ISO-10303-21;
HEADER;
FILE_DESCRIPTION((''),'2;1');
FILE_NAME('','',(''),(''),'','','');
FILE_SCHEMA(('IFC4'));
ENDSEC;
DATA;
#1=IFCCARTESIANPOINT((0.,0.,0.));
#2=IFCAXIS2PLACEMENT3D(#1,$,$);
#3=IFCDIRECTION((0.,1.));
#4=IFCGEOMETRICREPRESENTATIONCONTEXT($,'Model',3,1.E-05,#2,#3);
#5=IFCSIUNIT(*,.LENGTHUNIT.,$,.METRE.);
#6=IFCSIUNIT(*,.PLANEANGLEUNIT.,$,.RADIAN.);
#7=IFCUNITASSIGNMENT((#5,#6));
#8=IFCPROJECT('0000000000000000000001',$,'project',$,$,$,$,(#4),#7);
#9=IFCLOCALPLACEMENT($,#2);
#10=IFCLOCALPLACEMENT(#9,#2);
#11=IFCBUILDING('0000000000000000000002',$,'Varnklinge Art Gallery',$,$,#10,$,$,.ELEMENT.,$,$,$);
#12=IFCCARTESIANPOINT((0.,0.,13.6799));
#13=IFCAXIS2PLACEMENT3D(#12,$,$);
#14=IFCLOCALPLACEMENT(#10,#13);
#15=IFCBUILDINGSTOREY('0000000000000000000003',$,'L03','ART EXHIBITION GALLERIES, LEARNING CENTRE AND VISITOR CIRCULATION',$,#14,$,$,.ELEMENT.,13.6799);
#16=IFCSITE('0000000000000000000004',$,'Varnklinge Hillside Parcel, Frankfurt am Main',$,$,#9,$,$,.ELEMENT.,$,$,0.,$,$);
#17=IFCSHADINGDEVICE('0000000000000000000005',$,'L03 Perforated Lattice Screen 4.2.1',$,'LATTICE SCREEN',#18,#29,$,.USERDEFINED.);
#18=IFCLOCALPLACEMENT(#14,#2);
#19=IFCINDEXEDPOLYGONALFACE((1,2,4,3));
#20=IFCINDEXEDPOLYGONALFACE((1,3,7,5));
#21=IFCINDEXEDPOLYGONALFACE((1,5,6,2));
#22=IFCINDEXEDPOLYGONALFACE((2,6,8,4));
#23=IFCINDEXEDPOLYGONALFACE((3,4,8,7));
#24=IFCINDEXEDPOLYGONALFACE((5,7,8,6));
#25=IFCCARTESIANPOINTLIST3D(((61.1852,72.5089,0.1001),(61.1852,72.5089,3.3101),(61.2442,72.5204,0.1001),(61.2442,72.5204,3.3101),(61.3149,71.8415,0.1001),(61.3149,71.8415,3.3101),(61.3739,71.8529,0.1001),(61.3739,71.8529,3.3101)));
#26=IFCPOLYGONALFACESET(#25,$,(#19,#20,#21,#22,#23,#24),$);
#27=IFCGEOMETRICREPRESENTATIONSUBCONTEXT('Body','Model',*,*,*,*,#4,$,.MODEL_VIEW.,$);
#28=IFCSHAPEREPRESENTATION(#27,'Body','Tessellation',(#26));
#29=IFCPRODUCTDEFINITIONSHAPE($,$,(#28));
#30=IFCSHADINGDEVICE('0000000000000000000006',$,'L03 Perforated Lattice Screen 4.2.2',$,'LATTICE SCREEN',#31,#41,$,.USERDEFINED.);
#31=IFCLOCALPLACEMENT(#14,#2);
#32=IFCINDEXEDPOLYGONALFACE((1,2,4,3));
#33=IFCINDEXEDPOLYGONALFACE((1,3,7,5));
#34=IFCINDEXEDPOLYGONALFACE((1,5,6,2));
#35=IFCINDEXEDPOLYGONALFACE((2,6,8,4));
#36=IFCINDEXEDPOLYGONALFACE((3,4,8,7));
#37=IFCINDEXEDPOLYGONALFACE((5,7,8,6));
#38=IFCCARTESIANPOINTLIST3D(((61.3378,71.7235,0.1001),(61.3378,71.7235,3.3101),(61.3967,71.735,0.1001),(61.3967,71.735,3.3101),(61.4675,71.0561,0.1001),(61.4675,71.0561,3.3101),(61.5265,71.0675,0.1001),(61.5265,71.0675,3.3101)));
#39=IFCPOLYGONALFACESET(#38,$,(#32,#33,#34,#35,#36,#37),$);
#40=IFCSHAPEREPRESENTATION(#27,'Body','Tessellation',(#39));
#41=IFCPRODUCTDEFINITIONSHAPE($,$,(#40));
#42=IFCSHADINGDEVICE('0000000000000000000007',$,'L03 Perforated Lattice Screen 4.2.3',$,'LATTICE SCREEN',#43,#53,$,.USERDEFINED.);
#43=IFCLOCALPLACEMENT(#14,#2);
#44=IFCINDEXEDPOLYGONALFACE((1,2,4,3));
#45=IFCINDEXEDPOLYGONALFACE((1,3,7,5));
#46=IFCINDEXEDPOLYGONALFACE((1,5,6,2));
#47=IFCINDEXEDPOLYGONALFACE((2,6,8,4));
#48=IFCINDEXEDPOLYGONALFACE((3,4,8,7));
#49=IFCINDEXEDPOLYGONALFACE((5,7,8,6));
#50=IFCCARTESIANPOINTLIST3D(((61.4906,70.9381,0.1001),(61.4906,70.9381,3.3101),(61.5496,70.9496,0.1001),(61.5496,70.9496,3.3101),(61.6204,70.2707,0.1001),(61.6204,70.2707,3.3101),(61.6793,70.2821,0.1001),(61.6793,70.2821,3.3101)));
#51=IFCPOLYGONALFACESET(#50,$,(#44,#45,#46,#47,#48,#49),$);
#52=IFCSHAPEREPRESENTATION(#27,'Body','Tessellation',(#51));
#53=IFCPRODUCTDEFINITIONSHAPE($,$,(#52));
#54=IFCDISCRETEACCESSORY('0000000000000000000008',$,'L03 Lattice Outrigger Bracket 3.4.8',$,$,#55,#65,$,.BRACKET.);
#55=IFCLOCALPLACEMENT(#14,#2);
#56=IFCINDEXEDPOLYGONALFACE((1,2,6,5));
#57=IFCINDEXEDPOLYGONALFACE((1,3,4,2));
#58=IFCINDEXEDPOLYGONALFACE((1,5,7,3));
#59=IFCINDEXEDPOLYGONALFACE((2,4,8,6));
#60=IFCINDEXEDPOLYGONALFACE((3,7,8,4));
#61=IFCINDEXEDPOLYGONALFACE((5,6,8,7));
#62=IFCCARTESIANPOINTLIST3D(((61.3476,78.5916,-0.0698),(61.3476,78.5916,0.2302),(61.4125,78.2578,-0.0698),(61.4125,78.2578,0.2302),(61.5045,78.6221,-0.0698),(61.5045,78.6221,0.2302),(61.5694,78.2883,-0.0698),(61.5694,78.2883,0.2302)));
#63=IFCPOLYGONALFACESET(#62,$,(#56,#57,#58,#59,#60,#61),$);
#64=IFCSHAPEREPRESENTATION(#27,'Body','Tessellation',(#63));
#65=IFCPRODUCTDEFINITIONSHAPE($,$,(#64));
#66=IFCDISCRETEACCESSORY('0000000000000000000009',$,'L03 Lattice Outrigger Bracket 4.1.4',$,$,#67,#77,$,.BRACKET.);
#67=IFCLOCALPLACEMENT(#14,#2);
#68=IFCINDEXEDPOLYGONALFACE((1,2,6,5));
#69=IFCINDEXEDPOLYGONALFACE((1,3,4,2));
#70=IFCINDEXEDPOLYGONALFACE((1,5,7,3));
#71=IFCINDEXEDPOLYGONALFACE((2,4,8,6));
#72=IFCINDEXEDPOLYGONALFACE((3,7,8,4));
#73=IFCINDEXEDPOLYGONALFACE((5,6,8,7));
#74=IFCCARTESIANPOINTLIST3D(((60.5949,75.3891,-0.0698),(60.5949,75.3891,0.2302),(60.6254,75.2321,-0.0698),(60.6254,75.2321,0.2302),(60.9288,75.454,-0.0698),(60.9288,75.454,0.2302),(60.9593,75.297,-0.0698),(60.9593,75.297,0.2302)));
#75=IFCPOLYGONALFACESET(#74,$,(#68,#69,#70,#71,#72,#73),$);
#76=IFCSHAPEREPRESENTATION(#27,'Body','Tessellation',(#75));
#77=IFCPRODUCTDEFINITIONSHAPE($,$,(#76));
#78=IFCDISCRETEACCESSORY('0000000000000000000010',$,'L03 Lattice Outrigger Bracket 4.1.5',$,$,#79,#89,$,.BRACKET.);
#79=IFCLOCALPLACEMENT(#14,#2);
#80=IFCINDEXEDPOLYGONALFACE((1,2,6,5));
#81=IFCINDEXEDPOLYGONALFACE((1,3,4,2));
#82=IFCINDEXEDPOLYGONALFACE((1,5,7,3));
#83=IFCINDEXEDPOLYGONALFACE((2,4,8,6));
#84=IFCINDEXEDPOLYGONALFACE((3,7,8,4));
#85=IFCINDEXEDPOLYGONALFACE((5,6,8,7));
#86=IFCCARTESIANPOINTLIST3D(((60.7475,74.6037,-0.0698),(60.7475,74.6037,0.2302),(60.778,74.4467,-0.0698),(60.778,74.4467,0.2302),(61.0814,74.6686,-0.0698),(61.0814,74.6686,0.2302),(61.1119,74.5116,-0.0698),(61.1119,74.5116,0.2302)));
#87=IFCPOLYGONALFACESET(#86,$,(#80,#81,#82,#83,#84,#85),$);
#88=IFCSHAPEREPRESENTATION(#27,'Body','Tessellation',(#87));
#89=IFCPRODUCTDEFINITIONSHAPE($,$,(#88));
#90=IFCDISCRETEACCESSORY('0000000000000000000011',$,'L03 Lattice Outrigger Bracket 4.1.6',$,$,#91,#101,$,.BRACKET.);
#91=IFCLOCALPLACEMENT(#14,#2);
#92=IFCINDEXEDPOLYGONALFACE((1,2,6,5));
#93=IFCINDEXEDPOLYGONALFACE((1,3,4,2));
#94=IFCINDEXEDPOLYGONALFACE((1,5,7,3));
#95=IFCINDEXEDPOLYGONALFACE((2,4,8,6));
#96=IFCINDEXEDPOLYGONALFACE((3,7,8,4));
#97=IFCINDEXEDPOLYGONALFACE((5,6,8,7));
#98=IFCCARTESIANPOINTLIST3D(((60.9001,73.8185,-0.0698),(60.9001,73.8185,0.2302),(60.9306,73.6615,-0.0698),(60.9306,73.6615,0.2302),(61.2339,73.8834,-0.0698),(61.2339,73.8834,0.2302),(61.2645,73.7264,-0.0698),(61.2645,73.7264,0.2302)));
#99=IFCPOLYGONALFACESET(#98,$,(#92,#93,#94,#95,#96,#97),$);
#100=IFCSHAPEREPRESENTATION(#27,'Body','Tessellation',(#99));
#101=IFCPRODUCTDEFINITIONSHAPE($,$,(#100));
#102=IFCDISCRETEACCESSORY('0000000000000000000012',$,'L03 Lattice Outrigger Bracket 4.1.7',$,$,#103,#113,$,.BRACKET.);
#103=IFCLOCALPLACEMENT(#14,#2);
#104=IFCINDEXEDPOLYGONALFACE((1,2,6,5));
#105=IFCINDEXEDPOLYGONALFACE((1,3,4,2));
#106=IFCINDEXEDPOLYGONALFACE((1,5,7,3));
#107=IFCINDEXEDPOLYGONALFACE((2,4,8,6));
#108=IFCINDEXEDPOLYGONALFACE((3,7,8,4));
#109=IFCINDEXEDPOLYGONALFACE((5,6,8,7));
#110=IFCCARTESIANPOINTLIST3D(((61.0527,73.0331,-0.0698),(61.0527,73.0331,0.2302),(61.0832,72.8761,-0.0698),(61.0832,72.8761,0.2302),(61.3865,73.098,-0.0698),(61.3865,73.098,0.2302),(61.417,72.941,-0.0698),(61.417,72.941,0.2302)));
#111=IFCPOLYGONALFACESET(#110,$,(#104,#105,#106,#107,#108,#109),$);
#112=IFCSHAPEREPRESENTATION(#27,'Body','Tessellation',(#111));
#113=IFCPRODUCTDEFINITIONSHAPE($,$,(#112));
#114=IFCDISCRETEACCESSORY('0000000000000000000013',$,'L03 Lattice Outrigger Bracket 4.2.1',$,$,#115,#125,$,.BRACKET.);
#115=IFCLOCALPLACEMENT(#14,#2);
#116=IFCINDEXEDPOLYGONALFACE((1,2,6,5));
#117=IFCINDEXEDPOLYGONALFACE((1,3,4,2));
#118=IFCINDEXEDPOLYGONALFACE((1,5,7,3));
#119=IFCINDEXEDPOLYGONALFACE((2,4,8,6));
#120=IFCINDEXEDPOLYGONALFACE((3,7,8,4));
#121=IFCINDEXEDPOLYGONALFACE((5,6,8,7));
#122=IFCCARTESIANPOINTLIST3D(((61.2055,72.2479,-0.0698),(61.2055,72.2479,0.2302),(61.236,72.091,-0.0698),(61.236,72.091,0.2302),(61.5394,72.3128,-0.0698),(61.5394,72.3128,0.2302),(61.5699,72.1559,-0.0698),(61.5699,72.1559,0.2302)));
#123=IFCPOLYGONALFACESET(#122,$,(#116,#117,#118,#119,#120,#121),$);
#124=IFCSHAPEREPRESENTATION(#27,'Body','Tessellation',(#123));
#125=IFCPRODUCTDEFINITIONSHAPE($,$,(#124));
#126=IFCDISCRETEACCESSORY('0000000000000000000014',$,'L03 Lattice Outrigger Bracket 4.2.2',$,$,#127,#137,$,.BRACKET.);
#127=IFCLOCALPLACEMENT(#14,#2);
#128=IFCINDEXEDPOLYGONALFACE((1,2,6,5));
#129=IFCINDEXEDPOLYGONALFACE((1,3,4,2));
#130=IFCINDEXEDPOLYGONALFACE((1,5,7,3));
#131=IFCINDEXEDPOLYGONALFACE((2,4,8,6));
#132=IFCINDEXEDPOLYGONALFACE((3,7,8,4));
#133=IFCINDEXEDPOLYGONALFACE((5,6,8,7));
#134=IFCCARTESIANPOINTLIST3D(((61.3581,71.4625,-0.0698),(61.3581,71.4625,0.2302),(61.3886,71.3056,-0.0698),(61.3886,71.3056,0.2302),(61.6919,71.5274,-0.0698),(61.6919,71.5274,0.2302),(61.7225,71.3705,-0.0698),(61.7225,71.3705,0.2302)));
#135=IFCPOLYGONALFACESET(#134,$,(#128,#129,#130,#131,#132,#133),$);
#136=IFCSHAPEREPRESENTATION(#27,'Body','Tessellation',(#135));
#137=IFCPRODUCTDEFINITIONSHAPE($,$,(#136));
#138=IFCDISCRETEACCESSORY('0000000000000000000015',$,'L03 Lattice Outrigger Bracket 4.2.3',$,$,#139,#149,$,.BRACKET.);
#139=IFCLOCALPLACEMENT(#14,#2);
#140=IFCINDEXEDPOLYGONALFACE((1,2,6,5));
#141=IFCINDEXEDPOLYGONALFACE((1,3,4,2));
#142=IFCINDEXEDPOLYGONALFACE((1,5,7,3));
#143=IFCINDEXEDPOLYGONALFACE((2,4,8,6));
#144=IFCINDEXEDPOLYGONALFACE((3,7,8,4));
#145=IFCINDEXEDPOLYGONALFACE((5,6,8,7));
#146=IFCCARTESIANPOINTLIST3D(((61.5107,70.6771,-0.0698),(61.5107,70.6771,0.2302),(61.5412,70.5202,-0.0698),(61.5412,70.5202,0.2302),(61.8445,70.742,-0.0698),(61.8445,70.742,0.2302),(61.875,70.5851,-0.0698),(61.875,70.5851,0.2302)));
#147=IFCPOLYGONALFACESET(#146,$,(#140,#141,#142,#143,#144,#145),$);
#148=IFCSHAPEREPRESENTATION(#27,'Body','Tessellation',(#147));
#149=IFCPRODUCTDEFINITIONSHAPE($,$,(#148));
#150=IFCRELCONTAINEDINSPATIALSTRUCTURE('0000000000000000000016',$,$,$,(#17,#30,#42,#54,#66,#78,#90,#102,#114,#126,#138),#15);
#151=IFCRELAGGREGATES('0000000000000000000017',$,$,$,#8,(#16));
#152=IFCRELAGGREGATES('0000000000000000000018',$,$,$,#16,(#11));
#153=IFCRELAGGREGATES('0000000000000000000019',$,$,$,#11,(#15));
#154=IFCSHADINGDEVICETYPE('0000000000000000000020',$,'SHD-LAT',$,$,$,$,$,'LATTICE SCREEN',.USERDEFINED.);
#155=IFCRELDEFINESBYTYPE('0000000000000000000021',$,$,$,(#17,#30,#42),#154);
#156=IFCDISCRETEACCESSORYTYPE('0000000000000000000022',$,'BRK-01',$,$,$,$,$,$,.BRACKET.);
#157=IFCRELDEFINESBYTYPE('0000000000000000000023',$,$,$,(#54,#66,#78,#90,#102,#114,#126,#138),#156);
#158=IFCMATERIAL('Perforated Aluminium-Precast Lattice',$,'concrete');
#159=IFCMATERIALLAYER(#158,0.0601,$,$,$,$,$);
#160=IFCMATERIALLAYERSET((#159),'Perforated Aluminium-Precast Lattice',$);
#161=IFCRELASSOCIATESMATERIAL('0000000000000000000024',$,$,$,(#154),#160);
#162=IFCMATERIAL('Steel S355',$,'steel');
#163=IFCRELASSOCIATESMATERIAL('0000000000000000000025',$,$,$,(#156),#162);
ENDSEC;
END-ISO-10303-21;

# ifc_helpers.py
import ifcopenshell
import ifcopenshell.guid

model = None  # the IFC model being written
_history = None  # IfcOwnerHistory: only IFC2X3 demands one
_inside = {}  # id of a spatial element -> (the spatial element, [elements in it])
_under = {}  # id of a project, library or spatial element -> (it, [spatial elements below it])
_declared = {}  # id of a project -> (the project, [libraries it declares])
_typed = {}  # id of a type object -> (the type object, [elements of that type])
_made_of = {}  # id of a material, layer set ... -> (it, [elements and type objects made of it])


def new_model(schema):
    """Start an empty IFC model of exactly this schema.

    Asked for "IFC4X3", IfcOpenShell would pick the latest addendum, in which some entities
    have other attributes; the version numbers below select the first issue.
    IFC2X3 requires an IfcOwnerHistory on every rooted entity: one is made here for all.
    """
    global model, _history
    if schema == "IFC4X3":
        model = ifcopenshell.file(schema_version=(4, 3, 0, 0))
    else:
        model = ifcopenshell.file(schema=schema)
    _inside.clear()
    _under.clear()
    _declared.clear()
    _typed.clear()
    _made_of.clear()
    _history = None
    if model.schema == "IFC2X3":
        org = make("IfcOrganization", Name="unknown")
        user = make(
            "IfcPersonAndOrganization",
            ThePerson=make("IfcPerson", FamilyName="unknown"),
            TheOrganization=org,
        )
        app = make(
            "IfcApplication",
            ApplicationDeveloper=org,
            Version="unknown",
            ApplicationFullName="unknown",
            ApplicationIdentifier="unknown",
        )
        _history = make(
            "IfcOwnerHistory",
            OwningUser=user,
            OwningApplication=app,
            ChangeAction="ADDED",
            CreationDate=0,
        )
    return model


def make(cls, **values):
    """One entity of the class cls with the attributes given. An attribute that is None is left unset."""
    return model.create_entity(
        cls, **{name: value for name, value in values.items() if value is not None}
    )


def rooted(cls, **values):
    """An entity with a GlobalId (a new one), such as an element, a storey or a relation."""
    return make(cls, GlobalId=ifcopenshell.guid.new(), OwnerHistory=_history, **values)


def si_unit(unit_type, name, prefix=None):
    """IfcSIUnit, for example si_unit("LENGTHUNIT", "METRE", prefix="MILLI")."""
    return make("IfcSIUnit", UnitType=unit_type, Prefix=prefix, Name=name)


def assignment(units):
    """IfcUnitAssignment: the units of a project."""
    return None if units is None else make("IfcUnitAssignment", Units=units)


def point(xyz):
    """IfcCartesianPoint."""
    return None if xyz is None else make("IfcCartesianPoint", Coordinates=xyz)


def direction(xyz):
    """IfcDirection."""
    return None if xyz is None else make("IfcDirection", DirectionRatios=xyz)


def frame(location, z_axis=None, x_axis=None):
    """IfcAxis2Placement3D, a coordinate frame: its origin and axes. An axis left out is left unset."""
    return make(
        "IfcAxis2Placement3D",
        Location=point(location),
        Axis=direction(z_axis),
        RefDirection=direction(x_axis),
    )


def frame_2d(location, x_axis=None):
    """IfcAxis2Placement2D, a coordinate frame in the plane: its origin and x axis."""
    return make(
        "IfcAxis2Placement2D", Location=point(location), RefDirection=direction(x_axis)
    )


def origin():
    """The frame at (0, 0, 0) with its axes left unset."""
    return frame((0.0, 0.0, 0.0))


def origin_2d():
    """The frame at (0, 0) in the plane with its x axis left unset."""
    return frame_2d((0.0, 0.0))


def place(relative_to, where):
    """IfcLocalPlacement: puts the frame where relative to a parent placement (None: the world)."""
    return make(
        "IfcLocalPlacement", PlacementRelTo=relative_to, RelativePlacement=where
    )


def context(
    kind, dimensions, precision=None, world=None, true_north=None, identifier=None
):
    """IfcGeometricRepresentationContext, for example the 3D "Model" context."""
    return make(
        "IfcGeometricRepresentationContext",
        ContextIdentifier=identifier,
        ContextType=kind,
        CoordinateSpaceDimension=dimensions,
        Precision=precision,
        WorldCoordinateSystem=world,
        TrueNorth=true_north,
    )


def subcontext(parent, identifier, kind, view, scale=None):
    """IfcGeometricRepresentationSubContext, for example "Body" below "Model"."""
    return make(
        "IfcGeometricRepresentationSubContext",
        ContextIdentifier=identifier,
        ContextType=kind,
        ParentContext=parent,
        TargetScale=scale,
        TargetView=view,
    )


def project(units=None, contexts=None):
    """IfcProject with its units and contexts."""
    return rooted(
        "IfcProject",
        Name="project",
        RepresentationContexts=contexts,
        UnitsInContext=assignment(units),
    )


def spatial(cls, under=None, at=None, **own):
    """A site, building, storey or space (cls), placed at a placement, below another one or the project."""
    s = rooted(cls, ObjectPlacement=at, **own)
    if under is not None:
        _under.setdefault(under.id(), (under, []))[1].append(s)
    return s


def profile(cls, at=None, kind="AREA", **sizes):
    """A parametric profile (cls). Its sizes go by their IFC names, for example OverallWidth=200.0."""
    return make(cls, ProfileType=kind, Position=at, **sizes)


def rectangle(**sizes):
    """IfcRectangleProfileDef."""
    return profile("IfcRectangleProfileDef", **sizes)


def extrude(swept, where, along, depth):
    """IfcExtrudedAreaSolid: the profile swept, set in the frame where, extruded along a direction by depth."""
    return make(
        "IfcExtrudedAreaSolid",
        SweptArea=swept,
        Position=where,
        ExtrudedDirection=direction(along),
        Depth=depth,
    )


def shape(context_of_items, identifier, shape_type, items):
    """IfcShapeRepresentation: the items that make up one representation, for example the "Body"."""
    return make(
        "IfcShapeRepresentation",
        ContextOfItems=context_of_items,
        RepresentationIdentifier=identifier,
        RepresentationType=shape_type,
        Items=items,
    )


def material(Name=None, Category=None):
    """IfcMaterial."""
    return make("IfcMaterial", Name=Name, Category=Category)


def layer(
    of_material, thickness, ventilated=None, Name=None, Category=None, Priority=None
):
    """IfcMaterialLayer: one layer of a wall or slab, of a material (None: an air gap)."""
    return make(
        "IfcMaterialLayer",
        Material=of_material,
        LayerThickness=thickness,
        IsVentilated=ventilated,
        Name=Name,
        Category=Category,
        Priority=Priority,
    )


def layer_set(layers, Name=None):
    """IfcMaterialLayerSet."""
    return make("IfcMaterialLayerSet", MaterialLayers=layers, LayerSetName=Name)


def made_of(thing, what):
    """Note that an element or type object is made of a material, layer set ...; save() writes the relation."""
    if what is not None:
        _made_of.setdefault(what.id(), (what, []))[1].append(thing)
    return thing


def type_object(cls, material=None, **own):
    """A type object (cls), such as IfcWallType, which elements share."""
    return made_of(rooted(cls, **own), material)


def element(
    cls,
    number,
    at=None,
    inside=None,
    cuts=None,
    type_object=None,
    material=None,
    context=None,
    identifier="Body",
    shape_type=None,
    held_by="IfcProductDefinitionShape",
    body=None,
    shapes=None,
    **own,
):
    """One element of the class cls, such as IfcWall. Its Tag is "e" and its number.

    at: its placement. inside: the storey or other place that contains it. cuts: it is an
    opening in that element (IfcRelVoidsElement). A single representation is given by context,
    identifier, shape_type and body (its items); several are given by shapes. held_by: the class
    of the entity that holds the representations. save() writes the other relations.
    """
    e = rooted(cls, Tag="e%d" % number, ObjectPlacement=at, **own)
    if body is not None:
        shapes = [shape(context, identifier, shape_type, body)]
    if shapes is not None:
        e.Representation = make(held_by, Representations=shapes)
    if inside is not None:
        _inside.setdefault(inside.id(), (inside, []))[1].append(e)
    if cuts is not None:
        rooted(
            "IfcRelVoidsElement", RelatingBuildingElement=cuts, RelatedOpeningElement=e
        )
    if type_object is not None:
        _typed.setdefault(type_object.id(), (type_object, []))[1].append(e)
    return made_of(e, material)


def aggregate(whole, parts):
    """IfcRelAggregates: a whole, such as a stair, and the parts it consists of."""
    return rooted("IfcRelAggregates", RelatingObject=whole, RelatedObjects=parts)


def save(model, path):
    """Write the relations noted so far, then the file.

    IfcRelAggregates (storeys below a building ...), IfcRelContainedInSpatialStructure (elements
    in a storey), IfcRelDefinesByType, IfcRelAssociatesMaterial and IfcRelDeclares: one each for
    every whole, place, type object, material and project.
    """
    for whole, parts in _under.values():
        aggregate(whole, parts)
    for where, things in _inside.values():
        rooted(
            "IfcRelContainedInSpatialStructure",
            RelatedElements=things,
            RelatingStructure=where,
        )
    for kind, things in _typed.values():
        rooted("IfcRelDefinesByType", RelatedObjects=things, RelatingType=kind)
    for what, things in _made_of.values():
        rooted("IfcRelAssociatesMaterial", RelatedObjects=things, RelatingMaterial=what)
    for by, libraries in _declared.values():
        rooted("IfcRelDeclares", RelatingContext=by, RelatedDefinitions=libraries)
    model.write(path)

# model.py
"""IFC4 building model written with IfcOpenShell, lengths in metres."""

from ifc_helpers import new_model, si_unit, direction, frame, origin, origin_2d, place, context, subcontext, project, spatial, rectangle, extrude, material, layer, layer_set, type_object, element, save


model = new_model("IFC4")

# Units and contexts
model_context = context("Model", 3, precision=1e-05, world=origin(), true_north=direction((0.0, 1.0)))
body_context = subcontext(model_context, "Body", "Model", "MODEL_VIEW")
ifc_project = project(units=[si_unit("LENGTHUNIT", "METRE"), si_unit("PLANEANGLEUNIT", "RADIAN")], contexts=[model_context])

# Site, building, storey
site_placement = place(None, origin())
site = spatial("IfcSite", under=ifc_project, at=site_placement, Name="Varnklinge Hillside Parcel, Frankfurt am Main", CompositionType="ELEMENT", RefElevation=0.0)
building_placement = place(site_placement, origin())
building = spatial("IfcBuilding", under=site, at=building_placement, Name="Varnklinge Art Gallery", CompositionType="ELEMENT")
storey_placement = place(building_placement, frame((0.0, 0.0, 13.6799)))
storey = spatial("IfcBuildingStorey", under=building, at=storey_placement, Name="L03", Description="ART EXHIBITION GALLERIES, LEARNING CENTRE AND VISITOR CIRCULATION", CompositionType="ELEMENT", Elevation=13.6799)

# Shading devices
ifc_material_1 = material(Name="Perforated Aluminium-Precast Lattice", Category="concrete")
ifc_layer_1 = layer(ifc_material_1, 0.0601)
ifc_layer_set_1 = layer_set([ifc_layer_1], Name="Perforated Aluminium-Precast Lattice")
shading_device_type = type_object("IfcShadingDeviceType", Name="SHD-LAT", ElementType="LATTICE SCREEN", PredefinedType="USERDEFINED", material=ifc_layer_set_1)
for number, where, z_axis, x_axis, name in (
    (1, (61.2795, 72.1809, 0.1001), (0.0, 0.0, 1.0), (0.190809, -0.981627, 0.0), "L03 Perforated Lattice Screen 4.2.1"),
    (2, (61.4321, 71.3955, 0.1001), (0.0, 0.0, 1.0), (0.190809, -0.981627, 0.0), "L03 Perforated Lattice Screen 4.2.2"),
    (3, (61.585, 70.6101, 0.1001), (0.0, 0.0, 1.0), (0.190809, -0.981627, 0.0), "L03 Perforated Lattice Screen 4.2.3"),
):
    element("IfcShadingDevice", number, at=place(storey_placement, frame(where, z_axis=z_axis, x_axis=x_axis)), inside=storey, type_object=shading_device_type, Name=name, ObjectType="LATTICE SCREEN", PredefinedType="USERDEFINED", context=body_context, shape_type="SweptSolid", body=[
        extrude(rectangle(XDim=0.6799, YDim=0.0601, at=origin_2d()), origin(), (0.0, 0.0, 1.0), 3.21),
    ])

# Discrete accessories
ifc_material_2 = material(Name="Steel S355", Category="steel")
discrete_accessory_type = type_object("IfcDiscreteAccessoryType", Name="BRK-01", PredefinedType="BRACKET", material=ifc_material_2)
for number, where, z_axis, x_axis, name in (
    (4, (61.4585, 78.4399, -0.0698), (0.0, 0.0, 1.0), (-0.981627, -0.190809, 0.0), "L03 Lattice Outrigger Bracket 3.4.8"),
    (5, (60.7771, 75.343, -0.0698), (0.0, 0.0, 1.0), (0.190809, -0.981627, 0.0), "L03 Lattice Outrigger Bracket 4.1.4"),
    (6, (60.9297, 74.5576, -0.0698), (0.0, 0.0, 1.0), (0.190809, -0.981627, 0.0), "L03 Lattice Outrigger Bracket 4.1.5"),
    (7, (61.0823, 73.7725, -0.0698), (0.0, 0.0, 1.0), (0.190809, -0.981627, 0.0), "L03 Lattice Outrigger Bracket 4.1.6"),
    (8, (61.2349, 72.9871, -0.0698), (0.0, 0.0, 1.0), (0.190809, -0.981627, 0.0), "L03 Lattice Outrigger Bracket 4.1.7"),
    (9, (61.3877, 72.2019, -0.0698), (0.0, 0.0, 1.0), (0.190809, -0.981627, 0.0), "L03 Lattice Outrigger Bracket 4.2.1"),
    (10, (61.5403, 71.4165, -0.0698), (0.0, 0.0, 1.0), (0.190809, -0.981627, 0.0), "L03 Lattice Outrigger Bracket 4.2.2"),
    (11, (61.6929, 70.6311, -0.0698), (0.0, 0.0, 1.0), (0.190809, -0.981627, 0.0), "L03 Lattice Outrigger Bracket 4.2.3"),
):
    element("IfcDiscreteAccessory", number, at=place(storey_placement, frame(where, z_axis=z_axis, x_axis=x_axis)), inside=storey, type_object=discrete_accessory_type, Name=name, PredefinedType="BRACKET", context=body_context, shape_type="SweptSolid", body=[
        extrude(rectangle(XDim=0.1599, YDim=0.3401, at=origin_2d()), origin(), (0.0, 0.0, 1.0), 0.3),
    ])

save(model, "model.ifc")
